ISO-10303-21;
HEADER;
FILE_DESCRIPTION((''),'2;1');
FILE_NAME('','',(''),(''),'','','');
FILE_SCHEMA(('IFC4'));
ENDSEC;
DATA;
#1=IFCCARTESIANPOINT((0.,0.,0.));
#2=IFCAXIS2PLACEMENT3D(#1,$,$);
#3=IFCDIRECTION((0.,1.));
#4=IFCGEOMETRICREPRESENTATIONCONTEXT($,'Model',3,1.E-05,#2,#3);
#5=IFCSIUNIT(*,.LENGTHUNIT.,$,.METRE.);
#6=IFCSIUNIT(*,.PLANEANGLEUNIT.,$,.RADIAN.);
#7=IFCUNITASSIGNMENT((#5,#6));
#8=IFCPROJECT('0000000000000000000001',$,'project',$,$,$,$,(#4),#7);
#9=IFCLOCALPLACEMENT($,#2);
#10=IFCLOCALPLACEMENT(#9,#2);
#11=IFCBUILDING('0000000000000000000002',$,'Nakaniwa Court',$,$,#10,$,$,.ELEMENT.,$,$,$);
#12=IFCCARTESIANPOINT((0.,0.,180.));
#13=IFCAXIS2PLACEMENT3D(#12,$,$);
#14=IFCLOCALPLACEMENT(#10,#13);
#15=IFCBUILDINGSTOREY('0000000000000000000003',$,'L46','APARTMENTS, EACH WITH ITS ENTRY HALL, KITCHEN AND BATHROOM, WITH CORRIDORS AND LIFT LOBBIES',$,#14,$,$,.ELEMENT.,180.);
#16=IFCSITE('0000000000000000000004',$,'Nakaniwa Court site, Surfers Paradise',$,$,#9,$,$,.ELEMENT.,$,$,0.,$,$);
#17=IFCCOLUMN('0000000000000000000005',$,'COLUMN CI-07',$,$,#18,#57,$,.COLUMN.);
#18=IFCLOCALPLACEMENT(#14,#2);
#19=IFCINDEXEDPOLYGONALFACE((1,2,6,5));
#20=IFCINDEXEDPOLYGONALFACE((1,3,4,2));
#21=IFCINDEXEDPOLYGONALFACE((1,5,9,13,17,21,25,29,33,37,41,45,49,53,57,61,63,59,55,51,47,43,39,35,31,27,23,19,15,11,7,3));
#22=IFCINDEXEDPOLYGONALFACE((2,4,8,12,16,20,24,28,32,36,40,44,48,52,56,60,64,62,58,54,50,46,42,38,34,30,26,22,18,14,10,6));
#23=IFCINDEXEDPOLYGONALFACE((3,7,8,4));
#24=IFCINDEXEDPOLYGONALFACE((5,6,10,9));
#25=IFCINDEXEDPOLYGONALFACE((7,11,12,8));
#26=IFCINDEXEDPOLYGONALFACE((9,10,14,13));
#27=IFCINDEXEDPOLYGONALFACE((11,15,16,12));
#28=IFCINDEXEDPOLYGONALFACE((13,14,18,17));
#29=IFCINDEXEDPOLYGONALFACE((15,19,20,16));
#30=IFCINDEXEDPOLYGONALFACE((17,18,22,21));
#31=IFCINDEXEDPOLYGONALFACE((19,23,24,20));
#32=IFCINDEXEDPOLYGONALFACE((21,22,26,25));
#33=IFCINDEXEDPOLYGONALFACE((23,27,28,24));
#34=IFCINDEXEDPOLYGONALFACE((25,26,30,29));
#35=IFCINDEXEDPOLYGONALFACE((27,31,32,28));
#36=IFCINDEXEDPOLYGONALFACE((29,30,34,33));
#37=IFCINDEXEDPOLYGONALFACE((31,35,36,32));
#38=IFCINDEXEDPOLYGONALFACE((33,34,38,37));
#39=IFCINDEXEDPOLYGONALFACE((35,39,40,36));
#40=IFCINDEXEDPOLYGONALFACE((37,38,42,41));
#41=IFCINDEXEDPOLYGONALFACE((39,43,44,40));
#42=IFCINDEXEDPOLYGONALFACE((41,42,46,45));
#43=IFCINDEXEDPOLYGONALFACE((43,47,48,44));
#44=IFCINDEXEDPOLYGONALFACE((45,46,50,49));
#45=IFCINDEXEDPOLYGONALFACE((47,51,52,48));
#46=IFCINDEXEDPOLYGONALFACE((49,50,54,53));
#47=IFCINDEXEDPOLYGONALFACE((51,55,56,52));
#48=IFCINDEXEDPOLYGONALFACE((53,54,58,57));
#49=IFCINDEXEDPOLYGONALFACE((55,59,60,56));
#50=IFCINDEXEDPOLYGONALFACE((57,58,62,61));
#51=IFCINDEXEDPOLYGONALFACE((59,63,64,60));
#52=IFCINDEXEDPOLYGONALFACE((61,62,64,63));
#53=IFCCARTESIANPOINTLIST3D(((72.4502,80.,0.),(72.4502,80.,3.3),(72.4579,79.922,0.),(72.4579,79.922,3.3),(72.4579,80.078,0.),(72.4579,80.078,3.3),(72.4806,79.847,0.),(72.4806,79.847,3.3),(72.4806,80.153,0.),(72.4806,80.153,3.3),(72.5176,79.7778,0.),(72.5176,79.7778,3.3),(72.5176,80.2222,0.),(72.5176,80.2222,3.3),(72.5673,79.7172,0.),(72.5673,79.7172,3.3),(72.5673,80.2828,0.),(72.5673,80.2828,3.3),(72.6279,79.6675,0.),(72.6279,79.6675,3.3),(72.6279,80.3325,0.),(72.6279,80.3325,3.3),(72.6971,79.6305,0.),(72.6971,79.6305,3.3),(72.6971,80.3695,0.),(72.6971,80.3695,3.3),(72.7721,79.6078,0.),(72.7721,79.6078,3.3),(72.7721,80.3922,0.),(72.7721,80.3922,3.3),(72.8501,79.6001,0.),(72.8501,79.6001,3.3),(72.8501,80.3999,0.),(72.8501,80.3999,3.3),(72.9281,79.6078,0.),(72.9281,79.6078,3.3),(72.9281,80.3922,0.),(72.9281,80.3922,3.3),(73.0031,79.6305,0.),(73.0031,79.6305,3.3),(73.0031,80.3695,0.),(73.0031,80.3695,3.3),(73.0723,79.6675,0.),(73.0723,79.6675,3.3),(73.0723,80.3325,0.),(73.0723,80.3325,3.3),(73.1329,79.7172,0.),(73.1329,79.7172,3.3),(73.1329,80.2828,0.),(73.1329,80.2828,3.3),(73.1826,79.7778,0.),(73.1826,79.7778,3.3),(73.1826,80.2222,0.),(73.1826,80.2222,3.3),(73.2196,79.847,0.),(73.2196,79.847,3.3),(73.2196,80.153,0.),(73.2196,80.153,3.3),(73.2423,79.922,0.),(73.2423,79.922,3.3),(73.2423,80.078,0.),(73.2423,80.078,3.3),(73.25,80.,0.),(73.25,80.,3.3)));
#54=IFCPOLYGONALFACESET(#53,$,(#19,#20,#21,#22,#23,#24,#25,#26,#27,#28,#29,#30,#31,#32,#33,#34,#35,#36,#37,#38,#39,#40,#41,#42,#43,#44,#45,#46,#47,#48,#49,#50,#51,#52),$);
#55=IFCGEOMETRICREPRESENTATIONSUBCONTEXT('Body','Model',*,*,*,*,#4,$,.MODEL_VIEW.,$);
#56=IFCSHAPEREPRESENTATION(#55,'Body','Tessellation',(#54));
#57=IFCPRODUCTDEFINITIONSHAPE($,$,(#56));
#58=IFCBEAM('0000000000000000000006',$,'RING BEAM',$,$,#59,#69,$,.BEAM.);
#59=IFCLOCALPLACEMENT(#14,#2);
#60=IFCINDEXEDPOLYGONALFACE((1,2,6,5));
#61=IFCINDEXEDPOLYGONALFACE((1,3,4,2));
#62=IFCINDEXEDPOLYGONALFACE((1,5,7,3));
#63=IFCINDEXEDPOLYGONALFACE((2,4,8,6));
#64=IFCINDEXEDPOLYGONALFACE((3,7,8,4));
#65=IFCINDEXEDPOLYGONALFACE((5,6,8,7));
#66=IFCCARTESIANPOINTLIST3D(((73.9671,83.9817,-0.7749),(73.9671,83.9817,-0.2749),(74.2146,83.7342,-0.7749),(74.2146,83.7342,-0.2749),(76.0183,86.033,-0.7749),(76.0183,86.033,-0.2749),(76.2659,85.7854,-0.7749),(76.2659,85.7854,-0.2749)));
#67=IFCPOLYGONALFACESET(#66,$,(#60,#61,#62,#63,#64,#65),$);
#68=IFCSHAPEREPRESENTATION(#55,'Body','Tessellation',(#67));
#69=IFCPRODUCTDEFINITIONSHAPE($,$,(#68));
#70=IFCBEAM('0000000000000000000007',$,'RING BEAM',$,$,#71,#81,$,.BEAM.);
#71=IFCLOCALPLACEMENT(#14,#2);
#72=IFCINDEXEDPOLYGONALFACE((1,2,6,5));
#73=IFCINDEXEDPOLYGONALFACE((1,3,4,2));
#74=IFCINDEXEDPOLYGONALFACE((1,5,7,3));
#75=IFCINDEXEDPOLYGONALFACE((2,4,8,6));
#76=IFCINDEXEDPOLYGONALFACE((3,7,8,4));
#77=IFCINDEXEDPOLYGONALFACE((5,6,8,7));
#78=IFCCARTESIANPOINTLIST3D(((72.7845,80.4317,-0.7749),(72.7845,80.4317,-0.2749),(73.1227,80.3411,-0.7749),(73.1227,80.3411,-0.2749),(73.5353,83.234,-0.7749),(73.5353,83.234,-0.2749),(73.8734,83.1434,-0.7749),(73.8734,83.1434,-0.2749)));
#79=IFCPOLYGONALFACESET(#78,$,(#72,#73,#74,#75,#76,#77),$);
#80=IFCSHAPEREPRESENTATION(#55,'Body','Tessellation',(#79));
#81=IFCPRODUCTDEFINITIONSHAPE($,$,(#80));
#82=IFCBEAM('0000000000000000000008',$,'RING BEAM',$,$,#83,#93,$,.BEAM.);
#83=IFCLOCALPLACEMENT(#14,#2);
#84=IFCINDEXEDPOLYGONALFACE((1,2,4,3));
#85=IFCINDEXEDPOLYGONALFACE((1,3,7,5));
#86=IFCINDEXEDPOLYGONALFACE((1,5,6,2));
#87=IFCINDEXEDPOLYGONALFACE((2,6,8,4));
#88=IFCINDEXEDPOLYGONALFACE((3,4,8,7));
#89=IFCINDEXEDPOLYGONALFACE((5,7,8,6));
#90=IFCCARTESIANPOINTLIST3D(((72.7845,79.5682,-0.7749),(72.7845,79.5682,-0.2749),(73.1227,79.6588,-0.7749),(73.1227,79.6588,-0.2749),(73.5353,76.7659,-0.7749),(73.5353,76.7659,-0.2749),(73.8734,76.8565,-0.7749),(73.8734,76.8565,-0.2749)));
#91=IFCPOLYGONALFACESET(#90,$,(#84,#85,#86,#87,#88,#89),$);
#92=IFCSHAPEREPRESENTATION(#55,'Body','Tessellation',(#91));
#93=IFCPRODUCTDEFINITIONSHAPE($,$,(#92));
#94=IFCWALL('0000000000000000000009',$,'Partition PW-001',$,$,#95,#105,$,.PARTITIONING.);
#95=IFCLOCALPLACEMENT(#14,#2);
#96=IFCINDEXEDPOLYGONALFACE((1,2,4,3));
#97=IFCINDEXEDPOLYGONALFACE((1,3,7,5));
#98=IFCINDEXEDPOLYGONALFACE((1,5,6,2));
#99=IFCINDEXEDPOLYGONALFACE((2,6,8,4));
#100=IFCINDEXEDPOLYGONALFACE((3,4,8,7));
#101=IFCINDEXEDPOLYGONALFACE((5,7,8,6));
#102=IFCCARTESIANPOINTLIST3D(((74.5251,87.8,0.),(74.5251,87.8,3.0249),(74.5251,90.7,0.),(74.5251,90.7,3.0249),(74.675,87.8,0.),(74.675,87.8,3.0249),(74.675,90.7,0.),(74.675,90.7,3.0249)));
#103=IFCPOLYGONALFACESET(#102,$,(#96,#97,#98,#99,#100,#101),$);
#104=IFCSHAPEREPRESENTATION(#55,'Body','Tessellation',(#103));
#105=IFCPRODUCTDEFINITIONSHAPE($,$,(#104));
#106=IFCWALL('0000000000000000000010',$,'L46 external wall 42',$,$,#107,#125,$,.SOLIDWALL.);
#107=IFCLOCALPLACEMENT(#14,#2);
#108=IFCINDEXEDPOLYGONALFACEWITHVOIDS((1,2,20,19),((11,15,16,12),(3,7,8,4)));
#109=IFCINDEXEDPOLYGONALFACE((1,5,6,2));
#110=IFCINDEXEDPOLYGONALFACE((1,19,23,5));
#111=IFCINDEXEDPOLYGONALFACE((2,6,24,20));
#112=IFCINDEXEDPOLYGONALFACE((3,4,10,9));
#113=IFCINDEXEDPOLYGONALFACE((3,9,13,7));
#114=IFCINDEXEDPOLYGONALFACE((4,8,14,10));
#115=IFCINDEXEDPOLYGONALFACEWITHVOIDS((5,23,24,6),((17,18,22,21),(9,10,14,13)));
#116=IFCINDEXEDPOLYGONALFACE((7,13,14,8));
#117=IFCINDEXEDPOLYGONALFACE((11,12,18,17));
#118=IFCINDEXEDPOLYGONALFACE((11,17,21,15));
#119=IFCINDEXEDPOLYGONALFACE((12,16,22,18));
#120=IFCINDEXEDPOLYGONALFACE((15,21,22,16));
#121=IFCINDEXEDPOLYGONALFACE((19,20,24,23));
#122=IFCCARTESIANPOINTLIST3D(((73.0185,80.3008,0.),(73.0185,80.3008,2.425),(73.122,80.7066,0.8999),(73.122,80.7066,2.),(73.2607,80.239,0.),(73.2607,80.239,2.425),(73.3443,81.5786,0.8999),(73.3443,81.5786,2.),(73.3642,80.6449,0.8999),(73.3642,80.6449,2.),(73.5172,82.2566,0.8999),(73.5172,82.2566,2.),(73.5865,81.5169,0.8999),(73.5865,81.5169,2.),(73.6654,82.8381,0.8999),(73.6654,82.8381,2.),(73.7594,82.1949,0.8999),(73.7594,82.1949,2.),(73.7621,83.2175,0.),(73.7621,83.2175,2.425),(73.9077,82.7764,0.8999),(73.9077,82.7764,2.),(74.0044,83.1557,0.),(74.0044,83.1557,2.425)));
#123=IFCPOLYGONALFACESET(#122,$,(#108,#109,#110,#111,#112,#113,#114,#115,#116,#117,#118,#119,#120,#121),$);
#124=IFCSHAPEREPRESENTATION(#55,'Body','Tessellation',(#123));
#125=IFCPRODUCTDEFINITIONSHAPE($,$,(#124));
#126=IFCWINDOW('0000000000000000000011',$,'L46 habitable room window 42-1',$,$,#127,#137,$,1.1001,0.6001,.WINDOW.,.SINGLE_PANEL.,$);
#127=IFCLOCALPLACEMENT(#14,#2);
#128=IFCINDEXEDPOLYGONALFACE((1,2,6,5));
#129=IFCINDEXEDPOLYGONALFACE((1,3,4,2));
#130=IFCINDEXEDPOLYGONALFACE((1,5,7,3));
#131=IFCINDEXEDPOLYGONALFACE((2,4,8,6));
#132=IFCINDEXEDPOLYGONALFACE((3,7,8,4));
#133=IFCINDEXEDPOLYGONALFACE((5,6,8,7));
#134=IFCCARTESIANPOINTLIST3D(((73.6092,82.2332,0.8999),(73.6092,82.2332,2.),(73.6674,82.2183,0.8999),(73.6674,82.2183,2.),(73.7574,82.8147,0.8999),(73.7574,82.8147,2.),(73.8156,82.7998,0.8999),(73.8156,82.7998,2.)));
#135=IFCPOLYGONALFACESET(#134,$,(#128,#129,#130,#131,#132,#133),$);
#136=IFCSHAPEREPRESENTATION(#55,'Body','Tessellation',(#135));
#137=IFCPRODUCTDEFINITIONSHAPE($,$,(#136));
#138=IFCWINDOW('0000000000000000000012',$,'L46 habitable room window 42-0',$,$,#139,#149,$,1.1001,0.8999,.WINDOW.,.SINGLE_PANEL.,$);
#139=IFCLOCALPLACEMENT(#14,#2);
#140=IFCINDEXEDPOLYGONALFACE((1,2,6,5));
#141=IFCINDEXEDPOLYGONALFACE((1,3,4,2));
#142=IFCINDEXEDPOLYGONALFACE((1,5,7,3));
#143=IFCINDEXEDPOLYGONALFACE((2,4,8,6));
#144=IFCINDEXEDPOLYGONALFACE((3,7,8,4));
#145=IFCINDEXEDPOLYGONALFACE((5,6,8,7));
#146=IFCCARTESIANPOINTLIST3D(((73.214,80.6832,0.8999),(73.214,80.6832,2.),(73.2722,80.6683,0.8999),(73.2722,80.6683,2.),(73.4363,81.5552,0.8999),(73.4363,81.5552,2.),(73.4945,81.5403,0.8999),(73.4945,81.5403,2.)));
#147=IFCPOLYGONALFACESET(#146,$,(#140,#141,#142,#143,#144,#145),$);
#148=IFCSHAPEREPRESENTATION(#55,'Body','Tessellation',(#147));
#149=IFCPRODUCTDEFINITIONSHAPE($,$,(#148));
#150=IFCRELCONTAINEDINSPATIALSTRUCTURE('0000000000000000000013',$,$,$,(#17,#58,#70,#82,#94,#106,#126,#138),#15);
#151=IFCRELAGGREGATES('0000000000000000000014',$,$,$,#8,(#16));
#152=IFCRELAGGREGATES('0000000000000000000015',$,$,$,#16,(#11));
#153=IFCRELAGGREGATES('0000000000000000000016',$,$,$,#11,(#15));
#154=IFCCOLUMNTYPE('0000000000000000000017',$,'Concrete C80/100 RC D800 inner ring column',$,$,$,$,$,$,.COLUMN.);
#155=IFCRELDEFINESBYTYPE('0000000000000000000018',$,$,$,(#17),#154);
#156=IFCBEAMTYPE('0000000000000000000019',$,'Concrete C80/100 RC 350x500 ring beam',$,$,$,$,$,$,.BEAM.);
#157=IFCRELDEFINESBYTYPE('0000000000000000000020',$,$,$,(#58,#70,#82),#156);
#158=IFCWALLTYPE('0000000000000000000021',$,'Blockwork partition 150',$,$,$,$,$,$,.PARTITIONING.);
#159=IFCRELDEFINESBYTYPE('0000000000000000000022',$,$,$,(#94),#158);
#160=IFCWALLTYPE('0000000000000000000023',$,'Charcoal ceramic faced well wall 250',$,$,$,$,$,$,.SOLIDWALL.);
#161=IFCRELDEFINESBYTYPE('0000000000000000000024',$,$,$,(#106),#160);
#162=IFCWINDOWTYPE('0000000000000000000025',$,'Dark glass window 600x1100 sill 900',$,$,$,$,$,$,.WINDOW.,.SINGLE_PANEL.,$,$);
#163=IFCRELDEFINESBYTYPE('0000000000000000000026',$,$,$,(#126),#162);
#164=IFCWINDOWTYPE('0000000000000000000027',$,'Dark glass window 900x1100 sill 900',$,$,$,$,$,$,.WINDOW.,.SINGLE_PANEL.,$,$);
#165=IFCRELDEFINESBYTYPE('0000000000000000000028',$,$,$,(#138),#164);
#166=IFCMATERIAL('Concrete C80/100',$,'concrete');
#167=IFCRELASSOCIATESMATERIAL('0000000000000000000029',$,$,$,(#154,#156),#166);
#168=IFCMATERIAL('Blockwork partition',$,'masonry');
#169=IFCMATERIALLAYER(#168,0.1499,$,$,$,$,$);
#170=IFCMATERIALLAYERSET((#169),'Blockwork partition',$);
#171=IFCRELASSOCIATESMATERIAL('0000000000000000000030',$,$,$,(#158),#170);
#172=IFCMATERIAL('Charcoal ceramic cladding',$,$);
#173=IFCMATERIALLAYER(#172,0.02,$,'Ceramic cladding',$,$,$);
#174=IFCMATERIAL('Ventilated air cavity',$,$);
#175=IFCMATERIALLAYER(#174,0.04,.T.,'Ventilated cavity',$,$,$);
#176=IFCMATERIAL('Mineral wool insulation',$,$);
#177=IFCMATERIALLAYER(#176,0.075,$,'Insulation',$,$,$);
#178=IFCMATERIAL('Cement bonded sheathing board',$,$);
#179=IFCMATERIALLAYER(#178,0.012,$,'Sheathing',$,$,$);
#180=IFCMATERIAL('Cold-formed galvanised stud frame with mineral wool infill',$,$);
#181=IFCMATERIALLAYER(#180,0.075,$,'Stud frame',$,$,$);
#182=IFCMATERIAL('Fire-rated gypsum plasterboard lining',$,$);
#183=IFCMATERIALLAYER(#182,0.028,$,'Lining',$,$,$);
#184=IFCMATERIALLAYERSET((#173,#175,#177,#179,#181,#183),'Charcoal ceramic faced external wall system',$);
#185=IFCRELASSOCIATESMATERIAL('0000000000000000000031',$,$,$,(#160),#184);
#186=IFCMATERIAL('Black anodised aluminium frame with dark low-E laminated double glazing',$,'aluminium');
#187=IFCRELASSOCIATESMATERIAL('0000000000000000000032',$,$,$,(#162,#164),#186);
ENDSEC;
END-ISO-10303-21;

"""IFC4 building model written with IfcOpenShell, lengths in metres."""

from ifc_helpers import new_model, si_unit, direction, frame, frame_2d, origin, origin_2d, place, context, subcontext, project, spatial, rectangle, circle, extrude, material, layer, layer_set, material_profile, profile_set, type_object, element, fill, save


model = new_model("IFC4")

# Units and contexts
model_context = context("Model", 3, precision=1e-05, world=origin(), true_north=direction((0.0, 1.0)))
body_context = subcontext(model_context, "Body", "Model", "MODEL_VIEW")
ifc_project = project(units=[si_unit("LENGTHUNIT", "METRE"), si_unit("PLANEANGLEUNIT", "RADIAN")], contexts=[model_context])

# Site, building, storey
site_placement = place(None, origin())
site = spatial("IfcSite", under=ifc_project, at=site_placement, Name="Nakaniwa Court site, Surfers Paradise", CompositionType="ELEMENT", RefElevation=0.0)
building_placement = place(site_placement, origin())
building = spatial("IfcBuilding", under=site, at=building_placement, Name="Nakaniwa Court", CompositionType="ELEMENT")
storey_placement = place(building_placement, frame((0.0, 0.0, 180.0)))
storey = spatial("IfcBuildingStorey", under=building, at=storey_placement, Name="L46", Description="APARTMENTS, EACH WITH ITS ENTRY HALL, KITCHEN AND BATHROOM, WITH CORRIDORS AND LIFT LOBBIES", CompositionType="ELEMENT", Elevation=180.0)

# Column
ifc_material_1 = material(Name="Concrete C80/100", Category="concrete")
ifc_material_profile_1 = material_profile(ifc_material_1, circle(Radius=0.3999, at=origin_2d()), Name="Concrete C80/100 RC D800 inner ring column")
ifc_profile_set_1 = profile_set([ifc_material_profile_1], Name="Concrete C80/100")
column_type = type_object("IfcColumnType", Name="Concrete C80/100 RC D800 inner ring column", PredefinedType="COLUMN", material=ifc_profile_set_1)
for number, where, z_axis, x_axis, name in (
    (1, (72.8501, 80.0, 0.0), (0.0, 0.0, 1.0), (0.0, -1.0, 0.0), "COLUMN CI-07"),
):
    element("IfcColumn", number, at=place(storey_placement, frame(where, z_axis=z_axis, x_axis=x_axis)), inside=storey, type_object=column_type, Name=name, PredefinedType="COLUMN", context=body_context, shape_type="SweptSolid", body=[
        extrude(circle(Radius=0.3999, at=origin_2d()), origin(), (0.0, 0.0, 1.0), 3.3),
    ])

# Beams
ifc_material_profile_2 = material_profile(ifc_material_1, rectangle(XDim=0.3501, YDim=0.5, at=origin_2d()), Name="Concrete C80/100 RC 350x500 ring beam")
ifc_profile_set_2 = profile_set([ifc_material_profile_2], Name="Concrete C80/100")
beam_type = type_object("IfcBeamType", Name="Concrete C80/100 RC 350x500 ring beam", PredefinedType="BEAM", material=ifc_profile_set_2)
beam_placement = place(storey_placement, frame((76.1421, 85.9092, -0.5249), z_axis=(-0.707107, -0.707107, 0.0), x_axis=(0.707107, -0.707107, 0.0)))
element("IfcBeam", 2, at=beam_placement, inside=storey, type_object=beam_type, Name="RING BEAM", PredefinedType="BEAM", context=body_context, shape_type="SweptSolid", body=[
    extrude(rectangle(XDim=0.3501, YDim=0.5, at=origin_2d()), origin(), (0.0, 0.0, 1.0), 2.9009),
])
for number, where, z_axis, x_axis, name in (
    (3, (73.7043, 83.1887, -0.5249), (-0.258778, -0.965937, 0.0), (0.965937, -0.258778, 0.0), "RING BEAM"),
    (4, (72.9536, 79.6135, -0.5249), (0.258778, -0.965937, 0.0), (0.965937, 0.258778, 0.0), "RING BEAM"),
):
    element("IfcBeam", number, at=place(storey_placement, frame(where, z_axis=z_axis, x_axis=x_axis)), inside=storey, type_object=beam_type, Name=name, PredefinedType="BEAM", context=body_context, shape_type="SweptSolid", body=[
        extrude(rectangle(XDim=0.3501, YDim=0.5, at=origin_2d()), origin(), (0.0, 0.0, 1.0), 2.9011),
    ])

# Wall
ifc_material_2 = material(Name="Blockwork partition", Category="masonry")
ifc_layer_1 = layer(ifc_material_2, 0.1499)
ifc_layer_set_1 = layer_set([ifc_layer_1], Name="Blockwork partition")
wall_type_1 = type_object("IfcWallType", Name="Blockwork partition 150", PredefinedType="PARTITIONING", material=ifc_layer_set_1)
wall_1_placement = place(storey_placement, frame((74.6001, 87.8, 0.0), z_axis=(0.0, 0.0, 1.0), x_axis=(0.0, 1.0, 0.0)))
element("IfcWall", 5, at=wall_1_placement, inside=storey, type_object=wall_type_1, Name="Partition PW-001", PredefinedType="PARTITIONING", context=body_context, shape_type="SweptSolid", body=[
    extrude(rectangle(XDim=2.8999, YDim=0.1499, at=frame_2d((1.45, 0.0))), origin(), (0.0, 0.0, 1.0), 3.0249),
])

# Wall, openings, windows
ifc_material_3 = material(Name="Charcoal ceramic cladding")
ifc_layer_2 = layer(ifc_material_3, 0.02, Name="Ceramic cladding")
ifc_material_4 = material(Name="Ventilated air cavity")
ifc_layer_3 = layer(ifc_material_4, 0.04, ventilated=True, Name="Ventilated cavity")
ifc_material_5 = material(Name="Mineral wool insulation")
ifc_layer_4 = layer(ifc_material_5, 0.075, Name="Insulation")
ifc_material_6 = material(Name="Cement bonded sheathing board")
ifc_layer_5 = layer(ifc_material_6, 0.012, Name="Sheathing")
ifc_material_7 = material(Name="Cold-formed galvanised stud frame with mineral wool infill")
ifc_layer_6 = layer(ifc_material_7, 0.075, Name="Stud frame")
ifc_material_8 = material(Name="Fire-rated gypsum plasterboard lining")
ifc_layer_7 = layer(ifc_material_8, 0.028, Name="Lining")
ifc_layer_set_2 = layer_set([ifc_layer_2, ifc_layer_3, ifc_layer_4, ifc_layer_5, ifc_layer_6, ifc_layer_7], Name="Charcoal ceramic faced external wall system")
wall_type_2 = type_object("IfcWallType", Name="Charcoal ceramic faced well wall 250", PredefinedType="SOLIDWALL", material=ifc_layer_set_2)
wall_2_placement = place(storey_placement, frame((73.1396, 80.27, 0.0), z_axis=(0.0, 0.0, 1.0), x_axis=(0.247056, 0.969001, 0.0)))
wall_2 = element("IfcWall", 6, at=wall_2_placement, inside=storey, type_object=wall_type_2, Name="L46 external wall 42", PredefinedType="SOLIDWALL", context=body_context, shape_type="SweptSolid", body=[
    extrude(rectangle(XDim=3.01, YDim=0.25, at=frame_2d((1.5049, 0.0))), origin(), (0.0, 0.0, 1.0), 2.425),
])
opening_1_placement = place(wall_2_placement, frame((0.4187, 0.0, 0.8999)))
opening_1 = element("IfcOpeningElement", 7, at=opening_1_placement, cuts=wall_2, PredefinedType="OPENING", context=body_context, shape_type="SweptSolid", body=[
    extrude(rectangle(XDim=0.8999, YDim=1.1001, at=frame_2d((0.45, 0.55))), frame((0.0, 0.135, 0.0), z_axis=(0.0, -1.0, 0.0), x_axis=(1.0, 0.0, 0.0)), (0.0, 0.0, 1.0), 0.27),
])
opening_2_placement = place(wall_2_placement, frame((2.0183, 0.0, 0.8999)))
opening_2 = element("IfcOpeningElement", 8, at=opening_2_placement, cuts=wall_2, PredefinedType="OPENING", context=body_context, shape_type="SweptSolid", body=[
    extrude(rectangle(XDim=0.6001, YDim=1.1001, at=frame_2d((0.3, 0.55))), frame((0.0, 0.135, 0.0), z_axis=(0.0, -1.0, 0.0), x_axis=(1.0, 0.0, 0.0)), (0.0, 0.0, 1.0), 0.27),
])
ifc_material_9 = material(Name="Black anodised aluminium frame with dark low-E laminated double glazing", Category="aluminium")
window_type_1 = type_object("IfcWindowType", Name="Dark glass window 600x1100 sill 900", PartitioningType="SINGLE_PANEL", PredefinedType="WINDOW", material=ifc_material_9)
window_1_placement = place(opening_2_placement, origin())
window_1 = element("IfcWindow", 9, at=window_1_placement, inside=storey, type_object=window_type_1, Name="L46 habitable room window 42-1", OverallHeight=1.1001, OverallWidth=0.6001, PartitioningType="SINGLE_PANEL", PredefinedType="WINDOW", context=body_context, shape_type="SweptSolid", body=[
    extrude(rectangle(XDim=0.6001, YDim=1.1001, at=frame_2d((0.3, 0.55))), frame((0.0, 0.03, 0.0), z_axis=(0.0, -1.0, 0.0), x_axis=(1.0, 0.0, 0.0)), (0.0, 0.0, 1.0), 0.0601),
])
fill(opening_2, window_1)
window_type_2 = type_object("IfcWindowType", Name="Dark glass window 900x1100 sill 900", PartitioningType="SINGLE_PANEL", PredefinedType="WINDOW", material=ifc_material_9)
window_2_placement = place(opening_1_placement, origin())
window_2 = element("IfcWindow", 10, at=window_2_placement, inside=storey, type_object=window_type_2, Name="L46 habitable room window 42-0", OverallHeight=1.1001, OverallWidth=0.8999, PartitioningType="SINGLE_PANEL", PredefinedType="WINDOW", context=body_context, shape_type="SweptSolid", body=[
    extrude(rectangle(XDim=0.8999, YDim=1.1001, at=frame_2d((0.45, 0.55))), frame((0.0, 0.03, 0.0), z_axis=(0.0, -1.0, 0.0), x_axis=(1.0, 0.0, 0.0)), (0.0, 0.0, 1.0), 0.0601),
])
fill(opening_1, window_2)

save(model, "model.ifc")
